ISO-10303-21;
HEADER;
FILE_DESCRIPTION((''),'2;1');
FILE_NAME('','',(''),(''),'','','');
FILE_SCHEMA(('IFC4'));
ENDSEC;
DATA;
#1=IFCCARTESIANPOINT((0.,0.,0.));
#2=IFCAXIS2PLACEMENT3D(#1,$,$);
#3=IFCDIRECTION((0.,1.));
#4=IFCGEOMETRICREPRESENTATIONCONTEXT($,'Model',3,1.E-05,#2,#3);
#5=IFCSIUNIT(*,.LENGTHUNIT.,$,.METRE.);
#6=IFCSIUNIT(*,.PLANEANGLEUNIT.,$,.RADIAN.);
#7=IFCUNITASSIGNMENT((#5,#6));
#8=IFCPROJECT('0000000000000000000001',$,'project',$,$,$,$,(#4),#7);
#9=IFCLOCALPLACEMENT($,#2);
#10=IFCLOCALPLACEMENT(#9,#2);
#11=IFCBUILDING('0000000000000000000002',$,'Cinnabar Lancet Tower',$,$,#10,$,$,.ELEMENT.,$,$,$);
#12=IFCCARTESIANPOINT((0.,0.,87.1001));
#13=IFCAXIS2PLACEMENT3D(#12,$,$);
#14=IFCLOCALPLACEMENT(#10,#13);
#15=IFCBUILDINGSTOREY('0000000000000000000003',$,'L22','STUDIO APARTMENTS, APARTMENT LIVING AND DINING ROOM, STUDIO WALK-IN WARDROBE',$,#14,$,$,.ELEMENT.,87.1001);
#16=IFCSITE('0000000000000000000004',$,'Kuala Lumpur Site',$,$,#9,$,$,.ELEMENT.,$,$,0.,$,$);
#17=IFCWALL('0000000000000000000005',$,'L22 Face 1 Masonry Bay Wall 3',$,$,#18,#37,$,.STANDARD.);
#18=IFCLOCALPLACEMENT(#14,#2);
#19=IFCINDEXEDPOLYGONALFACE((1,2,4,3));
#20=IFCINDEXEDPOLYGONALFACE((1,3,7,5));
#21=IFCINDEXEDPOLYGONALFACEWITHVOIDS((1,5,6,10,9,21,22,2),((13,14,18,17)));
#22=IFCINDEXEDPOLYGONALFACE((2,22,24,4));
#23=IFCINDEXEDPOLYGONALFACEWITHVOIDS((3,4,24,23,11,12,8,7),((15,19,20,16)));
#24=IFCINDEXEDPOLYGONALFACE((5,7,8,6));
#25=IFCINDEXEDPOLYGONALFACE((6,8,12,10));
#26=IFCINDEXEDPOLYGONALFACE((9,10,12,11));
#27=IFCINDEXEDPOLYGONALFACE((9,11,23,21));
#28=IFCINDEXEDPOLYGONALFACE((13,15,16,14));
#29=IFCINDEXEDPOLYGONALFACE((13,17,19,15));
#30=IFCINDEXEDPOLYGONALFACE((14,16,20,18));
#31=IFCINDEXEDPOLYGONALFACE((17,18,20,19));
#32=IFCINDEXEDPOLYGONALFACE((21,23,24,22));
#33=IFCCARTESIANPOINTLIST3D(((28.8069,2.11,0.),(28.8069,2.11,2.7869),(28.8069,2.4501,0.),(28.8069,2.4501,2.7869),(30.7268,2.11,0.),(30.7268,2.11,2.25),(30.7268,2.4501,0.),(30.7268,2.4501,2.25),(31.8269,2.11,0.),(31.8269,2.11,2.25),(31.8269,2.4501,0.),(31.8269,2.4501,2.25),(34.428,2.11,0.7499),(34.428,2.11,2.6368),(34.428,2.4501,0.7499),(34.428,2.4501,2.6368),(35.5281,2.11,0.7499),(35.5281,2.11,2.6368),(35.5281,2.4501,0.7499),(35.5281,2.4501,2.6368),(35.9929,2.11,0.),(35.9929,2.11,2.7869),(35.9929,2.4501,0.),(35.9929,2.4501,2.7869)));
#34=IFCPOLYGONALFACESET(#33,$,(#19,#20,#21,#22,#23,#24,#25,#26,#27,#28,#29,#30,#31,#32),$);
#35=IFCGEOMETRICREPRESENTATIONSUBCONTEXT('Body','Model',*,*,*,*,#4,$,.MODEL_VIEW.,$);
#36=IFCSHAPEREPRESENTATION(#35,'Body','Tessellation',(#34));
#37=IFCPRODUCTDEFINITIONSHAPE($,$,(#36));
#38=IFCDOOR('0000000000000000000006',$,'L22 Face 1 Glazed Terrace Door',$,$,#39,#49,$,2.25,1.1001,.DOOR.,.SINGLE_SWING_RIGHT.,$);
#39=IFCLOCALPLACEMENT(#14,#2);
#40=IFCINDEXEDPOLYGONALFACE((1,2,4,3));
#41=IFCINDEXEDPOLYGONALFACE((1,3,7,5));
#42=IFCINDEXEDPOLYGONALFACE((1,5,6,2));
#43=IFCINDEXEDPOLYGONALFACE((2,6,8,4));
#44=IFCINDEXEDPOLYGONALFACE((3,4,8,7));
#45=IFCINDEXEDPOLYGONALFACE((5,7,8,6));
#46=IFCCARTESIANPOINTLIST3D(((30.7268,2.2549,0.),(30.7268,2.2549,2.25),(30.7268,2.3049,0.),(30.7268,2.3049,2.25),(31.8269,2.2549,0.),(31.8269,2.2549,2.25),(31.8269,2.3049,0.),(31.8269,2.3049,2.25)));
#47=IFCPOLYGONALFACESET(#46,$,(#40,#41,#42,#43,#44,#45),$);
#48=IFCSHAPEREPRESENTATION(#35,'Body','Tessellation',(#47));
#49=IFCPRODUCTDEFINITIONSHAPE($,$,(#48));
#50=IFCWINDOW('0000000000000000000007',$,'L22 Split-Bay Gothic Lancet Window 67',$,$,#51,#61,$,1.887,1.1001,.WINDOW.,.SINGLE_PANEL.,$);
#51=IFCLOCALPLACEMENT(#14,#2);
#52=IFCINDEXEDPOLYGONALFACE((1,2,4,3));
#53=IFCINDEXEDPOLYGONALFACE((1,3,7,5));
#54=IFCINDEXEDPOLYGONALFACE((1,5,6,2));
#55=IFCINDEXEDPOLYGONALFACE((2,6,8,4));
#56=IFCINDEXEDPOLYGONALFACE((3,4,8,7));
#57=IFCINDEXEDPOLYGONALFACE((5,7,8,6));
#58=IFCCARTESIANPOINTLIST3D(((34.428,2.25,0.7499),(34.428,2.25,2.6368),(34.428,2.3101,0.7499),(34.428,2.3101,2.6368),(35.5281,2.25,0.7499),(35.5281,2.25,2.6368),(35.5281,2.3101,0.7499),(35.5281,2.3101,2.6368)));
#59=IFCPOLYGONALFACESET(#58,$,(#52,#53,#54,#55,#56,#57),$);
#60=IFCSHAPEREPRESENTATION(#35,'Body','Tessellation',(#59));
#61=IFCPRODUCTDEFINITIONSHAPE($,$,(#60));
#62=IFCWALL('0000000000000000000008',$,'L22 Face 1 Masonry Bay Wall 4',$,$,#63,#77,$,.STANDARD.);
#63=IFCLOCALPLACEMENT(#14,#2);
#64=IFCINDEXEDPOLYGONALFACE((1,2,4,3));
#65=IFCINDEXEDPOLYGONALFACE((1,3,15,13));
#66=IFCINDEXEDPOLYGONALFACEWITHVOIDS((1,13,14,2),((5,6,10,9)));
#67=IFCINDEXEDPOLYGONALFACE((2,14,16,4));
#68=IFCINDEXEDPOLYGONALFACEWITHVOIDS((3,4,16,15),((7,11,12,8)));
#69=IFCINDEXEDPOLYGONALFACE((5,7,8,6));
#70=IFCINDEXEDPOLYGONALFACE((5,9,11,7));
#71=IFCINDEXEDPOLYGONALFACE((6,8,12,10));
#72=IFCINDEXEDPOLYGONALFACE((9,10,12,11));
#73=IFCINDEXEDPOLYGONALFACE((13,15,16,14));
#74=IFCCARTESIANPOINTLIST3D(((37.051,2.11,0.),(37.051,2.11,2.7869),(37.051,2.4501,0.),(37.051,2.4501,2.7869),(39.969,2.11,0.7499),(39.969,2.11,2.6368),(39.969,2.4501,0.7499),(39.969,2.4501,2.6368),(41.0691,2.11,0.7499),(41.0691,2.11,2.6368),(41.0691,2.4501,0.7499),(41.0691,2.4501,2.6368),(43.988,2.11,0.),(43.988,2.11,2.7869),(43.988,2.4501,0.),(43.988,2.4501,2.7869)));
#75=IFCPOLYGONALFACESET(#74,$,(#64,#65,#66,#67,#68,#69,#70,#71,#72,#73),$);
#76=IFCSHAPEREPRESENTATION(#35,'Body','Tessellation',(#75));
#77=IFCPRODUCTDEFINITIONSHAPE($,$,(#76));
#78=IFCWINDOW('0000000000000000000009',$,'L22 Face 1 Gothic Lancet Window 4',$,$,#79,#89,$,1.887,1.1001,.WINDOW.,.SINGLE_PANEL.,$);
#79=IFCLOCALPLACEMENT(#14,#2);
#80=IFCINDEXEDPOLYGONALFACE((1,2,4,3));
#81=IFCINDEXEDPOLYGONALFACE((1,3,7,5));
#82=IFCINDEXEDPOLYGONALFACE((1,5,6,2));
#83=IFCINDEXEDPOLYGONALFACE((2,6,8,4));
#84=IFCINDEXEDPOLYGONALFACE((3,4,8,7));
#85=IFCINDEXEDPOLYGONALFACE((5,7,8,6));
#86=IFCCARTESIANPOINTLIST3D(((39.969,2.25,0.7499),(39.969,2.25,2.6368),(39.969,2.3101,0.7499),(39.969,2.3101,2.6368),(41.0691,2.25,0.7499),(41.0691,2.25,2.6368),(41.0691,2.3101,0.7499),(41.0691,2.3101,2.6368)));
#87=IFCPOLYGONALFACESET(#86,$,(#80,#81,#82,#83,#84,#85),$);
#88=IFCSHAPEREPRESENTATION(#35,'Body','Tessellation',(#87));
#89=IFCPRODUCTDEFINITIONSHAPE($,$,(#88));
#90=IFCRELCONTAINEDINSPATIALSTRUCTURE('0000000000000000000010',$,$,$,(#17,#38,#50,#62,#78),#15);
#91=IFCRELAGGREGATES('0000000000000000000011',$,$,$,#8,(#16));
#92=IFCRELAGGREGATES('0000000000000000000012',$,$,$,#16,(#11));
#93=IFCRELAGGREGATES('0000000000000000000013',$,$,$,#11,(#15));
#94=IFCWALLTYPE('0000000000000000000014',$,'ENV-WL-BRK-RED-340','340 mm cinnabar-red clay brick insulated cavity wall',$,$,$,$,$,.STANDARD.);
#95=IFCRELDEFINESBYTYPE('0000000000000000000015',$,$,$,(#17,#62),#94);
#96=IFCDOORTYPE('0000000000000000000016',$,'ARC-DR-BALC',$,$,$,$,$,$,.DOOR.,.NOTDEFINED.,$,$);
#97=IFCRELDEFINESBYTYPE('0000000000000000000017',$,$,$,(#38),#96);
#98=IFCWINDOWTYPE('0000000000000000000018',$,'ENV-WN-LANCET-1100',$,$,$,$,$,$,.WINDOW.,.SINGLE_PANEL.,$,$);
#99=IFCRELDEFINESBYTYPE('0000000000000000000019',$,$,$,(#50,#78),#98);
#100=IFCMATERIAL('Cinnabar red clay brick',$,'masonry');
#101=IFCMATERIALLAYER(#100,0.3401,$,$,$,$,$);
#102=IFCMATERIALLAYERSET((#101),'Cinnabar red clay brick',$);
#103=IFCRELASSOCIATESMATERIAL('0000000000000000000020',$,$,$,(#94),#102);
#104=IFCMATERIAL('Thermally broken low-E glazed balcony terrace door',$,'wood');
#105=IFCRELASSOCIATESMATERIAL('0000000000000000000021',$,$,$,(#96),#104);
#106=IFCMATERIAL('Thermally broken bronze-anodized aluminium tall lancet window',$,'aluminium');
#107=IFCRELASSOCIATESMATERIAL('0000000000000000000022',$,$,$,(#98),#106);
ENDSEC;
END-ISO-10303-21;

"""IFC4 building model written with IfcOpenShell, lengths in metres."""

from ifc_helpers import new_model, si_unit, direction, frame, frame_2d, origin, place, context, subcontext, project, spatial, rectangle, extrude, material, layer, layer_set, type_object, element, fill, save


model = new_model("IFC4")

# Units and contexts
model_context = context("Model", 3, precision=1e-05, world=origin(), true_north=direction((0.0, 1.0)))
body_context = subcontext(model_context, "Body", "Model", "MODEL_VIEW")
ifc_project = project(units=[si_unit("LENGTHUNIT", "METRE"), si_unit("PLANEANGLEUNIT", "RADIAN")], contexts=[model_context])

# Site, building, storey
site_placement = place(None, origin())
site = spatial("IfcSite", under=ifc_project, at=site_placement, Name="Kuala Lumpur Site", CompositionType="ELEMENT", RefElevation=0.0)
building_placement = place(site_placement, origin())
building = spatial("IfcBuilding", under=site, at=building_placement, Name="Cinnabar Lancet Tower", CompositionType="ELEMENT")
storey_placement = place(building_placement, frame((0.0, 0.0, 87.1001)))
storey = spatial("IfcBuildingStorey", under=building, at=storey_placement, Name="L22", Description="STUDIO APARTMENTS, APARTMENT LIVING AND DINING ROOM, STUDIO WALK-IN WARDROBE", CompositionType="ELEMENT", Elevation=87.1001)

# Wall, openings, door, window
ifc_material_1 = material(Name="Cinnabar red clay brick", Category="masonry")
ifc_layer_1 = layer(ifc_material_1, 0.3401)
ifc_layer_set_1 = layer_set([ifc_layer_1], Name="Cinnabar red clay brick")
wall_type_1 = type_object("IfcWallType", Name="ENV-WL-BRK-RED-340", Description="340 mm cinnabar-red clay brick insulated cavity wall", PredefinedType="STANDARD", material=ifc_layer_set_1)
wall_1_placement = place(storey_placement, frame((28.8069, 2.28, 0.0), z_axis=(0.0, 0.0, 1.0), x_axis=(1.0, 0.0, 0.0)))
wall_1 = element("IfcWall", 1, at=wall_1_placement, inside=storey, type_object=wall_type_1, Name="L22 Face 1 Masonry Bay Wall 3", PredefinedType="STANDARD", context=body_context, shape_type="SweptSolid", body=[
    extrude(rectangle(XDim=7.186, YDim=0.3401, at=frame_2d((3.593, 0.0))), origin(), (0.0, 0.0, 1.0), 2.7869),
])
opening_1_placement = place(wall_1_placement, frame((1.9199, 0.0, 0.0)))
opening_1 = element("IfcOpeningElement", 2, at=opening_1_placement, cuts=wall_1, PredefinedType="OPENING", context=body_context, shape_type="SweptSolid", body=[
    extrude(rectangle(XDim=1.1001, YDim=2.25, at=frame_2d((0.55, 1.125))), frame((0.0, 0.1799, 0.0), z_axis=(0.0, -1.0, 0.0), x_axis=(1.0, 0.0, 0.0)), (0.0, 0.0, 1.0), 0.3601),
])
opening_2_placement = place(wall_1_placement, frame((5.6211, 0.0, 0.75)))
opening_2 = element("IfcOpeningElement", 3, at=opening_2_placement, cuts=wall_1, PredefinedType="OPENING", context=body_context, shape_type="SweptSolid", body=[
    extrude(rectangle(XDim=1.1001, YDim=1.887, at=frame_2d((0.55, 0.9434))), frame((0.0, 0.1799, 0.0), z_axis=(0.0, -1.0, 0.0), x_axis=(1.0, 0.0, 0.0)), (0.0, 0.0, 1.0), 0.3601),
])
ifc_material_2 = material(Name="Thermally broken low-E glazed balcony terrace door", Category="wood")
door_type_1 = type_object("IfcDoorType", Name="ARC-DR-BALC", OperationType="NOTDEFINED", PredefinedType="DOOR", material=ifc_material_2)
door_1_placement = place(opening_1_placement, origin())
door_1 = element("IfcDoor", 4, at=door_1_placement, inside=storey, type_object=door_type_1, Name="L22 Face 1 Glazed Terrace Door", OperationType="SINGLE_SWING_RIGHT", OverallHeight=2.25, OverallWidth=1.1001, PredefinedType="DOOR", context=body_context, shape_type="SweptSolid", body=[
    extrude(rectangle(XDim=1.1001, YDim=2.25, at=frame_2d((0.55, 1.125))), frame((0.0, 0.0249, 0.0), z_axis=(0.0, -1.0, 0.0), x_axis=(1.0, 0.0, 0.0)), (0.0, 0.0, 1.0), 0.05),
])
fill(opening_1, door_1)
ifc_material_3 = material(Name="Thermally broken bronze-anodized aluminium tall lancet window", Category="aluminium")
window_type = type_object("IfcWindowType", Name="ENV-WN-LANCET-1100", PartitioningType="SINGLE_PANEL", PredefinedType="WINDOW", material=ifc_material_3)
window_1_placement = place(opening_2_placement, origin())
window_1 = element("IfcWindow", 5, at=window_1_placement, inside=storey, type_object=window_type, Name="L22 Split-Bay Gothic Lancet Window 67", OverallHeight=1.887, OverallWidth=1.1001, PartitioningType="SINGLE_PANEL", PredefinedType="WINDOW", context=body_context, shape_type="SweptSolid", body=[
    extrude(rectangle(XDim=1.1001, YDim=1.887, at=frame_2d((0.55, 0.9434))), frame((0.0, 0.03, 0.0), z_axis=(0.0, -1.0, 0.0), x_axis=(1.0, 0.0, 0.0)), (0.0, 0.0, 1.0), 0.0601),
])
fill(opening_2, window_1)

# Wall, opening, window
wall_2_placement = place(storey_placement, frame((37.051, 2.28, 0.0), z_axis=(0.0, 0.0, 1.0), x_axis=(1.0, 0.0, 0.0)))
wall_2 = element("IfcWall", 6, at=wall_2_placement, inside=storey, type_object=wall_type_1, Name="L22 Face 1 Masonry Bay Wall 4", PredefinedType="STANDARD", context=body_context, shape_type="SweptSolid", body=[
    extrude(rectangle(XDim=6.937, YDim=0.3401, at=frame_2d((3.4685, 0.0))), origin(), (0.0, 0.0, 1.0), 2.7869),
])
opening_3_placement = place(wall_2_placement, frame((2.918, 0.0, 0.75)))
opening_3 = element("IfcOpeningElement", 7, at=opening_3_placement, cuts=wall_2, PredefinedType="OPENING", context=body_context, shape_type="SweptSolid", body=[
    extrude(rectangle(XDim=1.1001, YDim=1.887, at=frame_2d((0.55, 0.9434))), frame((0.0, 0.1799, 0.0), z_axis=(0.0, -1.0, 0.0), x_axis=(1.0, 0.0, 0.0)), (0.0, 0.0, 1.0), 0.3601),
])
window_2_placement = place(opening_3_placement, origin())
window_2 = element("IfcWindow", 8, at=window_2_placement, inside=storey, type_object=window_type, Name="L22 Face 1 Gothic Lancet Window 4", OverallHeight=1.887, OverallWidth=1.1001, PartitioningType="SINGLE_PANEL", PredefinedType="WINDOW", context=body_context, shape_type="SweptSolid", body=[
    extrude(rectangle(XDim=1.1001, YDim=1.887, at=frame_2d((0.55, 0.9434))), frame((0.0, 0.03, 0.0), z_axis=(0.0, -1.0, 0.0), x_axis=(1.0, 0.0, 0.0)), (0.0, 0.0, 1.0), 0.0601),
])
fill(opening_3, window_2)

save(model, "model.ifc")
